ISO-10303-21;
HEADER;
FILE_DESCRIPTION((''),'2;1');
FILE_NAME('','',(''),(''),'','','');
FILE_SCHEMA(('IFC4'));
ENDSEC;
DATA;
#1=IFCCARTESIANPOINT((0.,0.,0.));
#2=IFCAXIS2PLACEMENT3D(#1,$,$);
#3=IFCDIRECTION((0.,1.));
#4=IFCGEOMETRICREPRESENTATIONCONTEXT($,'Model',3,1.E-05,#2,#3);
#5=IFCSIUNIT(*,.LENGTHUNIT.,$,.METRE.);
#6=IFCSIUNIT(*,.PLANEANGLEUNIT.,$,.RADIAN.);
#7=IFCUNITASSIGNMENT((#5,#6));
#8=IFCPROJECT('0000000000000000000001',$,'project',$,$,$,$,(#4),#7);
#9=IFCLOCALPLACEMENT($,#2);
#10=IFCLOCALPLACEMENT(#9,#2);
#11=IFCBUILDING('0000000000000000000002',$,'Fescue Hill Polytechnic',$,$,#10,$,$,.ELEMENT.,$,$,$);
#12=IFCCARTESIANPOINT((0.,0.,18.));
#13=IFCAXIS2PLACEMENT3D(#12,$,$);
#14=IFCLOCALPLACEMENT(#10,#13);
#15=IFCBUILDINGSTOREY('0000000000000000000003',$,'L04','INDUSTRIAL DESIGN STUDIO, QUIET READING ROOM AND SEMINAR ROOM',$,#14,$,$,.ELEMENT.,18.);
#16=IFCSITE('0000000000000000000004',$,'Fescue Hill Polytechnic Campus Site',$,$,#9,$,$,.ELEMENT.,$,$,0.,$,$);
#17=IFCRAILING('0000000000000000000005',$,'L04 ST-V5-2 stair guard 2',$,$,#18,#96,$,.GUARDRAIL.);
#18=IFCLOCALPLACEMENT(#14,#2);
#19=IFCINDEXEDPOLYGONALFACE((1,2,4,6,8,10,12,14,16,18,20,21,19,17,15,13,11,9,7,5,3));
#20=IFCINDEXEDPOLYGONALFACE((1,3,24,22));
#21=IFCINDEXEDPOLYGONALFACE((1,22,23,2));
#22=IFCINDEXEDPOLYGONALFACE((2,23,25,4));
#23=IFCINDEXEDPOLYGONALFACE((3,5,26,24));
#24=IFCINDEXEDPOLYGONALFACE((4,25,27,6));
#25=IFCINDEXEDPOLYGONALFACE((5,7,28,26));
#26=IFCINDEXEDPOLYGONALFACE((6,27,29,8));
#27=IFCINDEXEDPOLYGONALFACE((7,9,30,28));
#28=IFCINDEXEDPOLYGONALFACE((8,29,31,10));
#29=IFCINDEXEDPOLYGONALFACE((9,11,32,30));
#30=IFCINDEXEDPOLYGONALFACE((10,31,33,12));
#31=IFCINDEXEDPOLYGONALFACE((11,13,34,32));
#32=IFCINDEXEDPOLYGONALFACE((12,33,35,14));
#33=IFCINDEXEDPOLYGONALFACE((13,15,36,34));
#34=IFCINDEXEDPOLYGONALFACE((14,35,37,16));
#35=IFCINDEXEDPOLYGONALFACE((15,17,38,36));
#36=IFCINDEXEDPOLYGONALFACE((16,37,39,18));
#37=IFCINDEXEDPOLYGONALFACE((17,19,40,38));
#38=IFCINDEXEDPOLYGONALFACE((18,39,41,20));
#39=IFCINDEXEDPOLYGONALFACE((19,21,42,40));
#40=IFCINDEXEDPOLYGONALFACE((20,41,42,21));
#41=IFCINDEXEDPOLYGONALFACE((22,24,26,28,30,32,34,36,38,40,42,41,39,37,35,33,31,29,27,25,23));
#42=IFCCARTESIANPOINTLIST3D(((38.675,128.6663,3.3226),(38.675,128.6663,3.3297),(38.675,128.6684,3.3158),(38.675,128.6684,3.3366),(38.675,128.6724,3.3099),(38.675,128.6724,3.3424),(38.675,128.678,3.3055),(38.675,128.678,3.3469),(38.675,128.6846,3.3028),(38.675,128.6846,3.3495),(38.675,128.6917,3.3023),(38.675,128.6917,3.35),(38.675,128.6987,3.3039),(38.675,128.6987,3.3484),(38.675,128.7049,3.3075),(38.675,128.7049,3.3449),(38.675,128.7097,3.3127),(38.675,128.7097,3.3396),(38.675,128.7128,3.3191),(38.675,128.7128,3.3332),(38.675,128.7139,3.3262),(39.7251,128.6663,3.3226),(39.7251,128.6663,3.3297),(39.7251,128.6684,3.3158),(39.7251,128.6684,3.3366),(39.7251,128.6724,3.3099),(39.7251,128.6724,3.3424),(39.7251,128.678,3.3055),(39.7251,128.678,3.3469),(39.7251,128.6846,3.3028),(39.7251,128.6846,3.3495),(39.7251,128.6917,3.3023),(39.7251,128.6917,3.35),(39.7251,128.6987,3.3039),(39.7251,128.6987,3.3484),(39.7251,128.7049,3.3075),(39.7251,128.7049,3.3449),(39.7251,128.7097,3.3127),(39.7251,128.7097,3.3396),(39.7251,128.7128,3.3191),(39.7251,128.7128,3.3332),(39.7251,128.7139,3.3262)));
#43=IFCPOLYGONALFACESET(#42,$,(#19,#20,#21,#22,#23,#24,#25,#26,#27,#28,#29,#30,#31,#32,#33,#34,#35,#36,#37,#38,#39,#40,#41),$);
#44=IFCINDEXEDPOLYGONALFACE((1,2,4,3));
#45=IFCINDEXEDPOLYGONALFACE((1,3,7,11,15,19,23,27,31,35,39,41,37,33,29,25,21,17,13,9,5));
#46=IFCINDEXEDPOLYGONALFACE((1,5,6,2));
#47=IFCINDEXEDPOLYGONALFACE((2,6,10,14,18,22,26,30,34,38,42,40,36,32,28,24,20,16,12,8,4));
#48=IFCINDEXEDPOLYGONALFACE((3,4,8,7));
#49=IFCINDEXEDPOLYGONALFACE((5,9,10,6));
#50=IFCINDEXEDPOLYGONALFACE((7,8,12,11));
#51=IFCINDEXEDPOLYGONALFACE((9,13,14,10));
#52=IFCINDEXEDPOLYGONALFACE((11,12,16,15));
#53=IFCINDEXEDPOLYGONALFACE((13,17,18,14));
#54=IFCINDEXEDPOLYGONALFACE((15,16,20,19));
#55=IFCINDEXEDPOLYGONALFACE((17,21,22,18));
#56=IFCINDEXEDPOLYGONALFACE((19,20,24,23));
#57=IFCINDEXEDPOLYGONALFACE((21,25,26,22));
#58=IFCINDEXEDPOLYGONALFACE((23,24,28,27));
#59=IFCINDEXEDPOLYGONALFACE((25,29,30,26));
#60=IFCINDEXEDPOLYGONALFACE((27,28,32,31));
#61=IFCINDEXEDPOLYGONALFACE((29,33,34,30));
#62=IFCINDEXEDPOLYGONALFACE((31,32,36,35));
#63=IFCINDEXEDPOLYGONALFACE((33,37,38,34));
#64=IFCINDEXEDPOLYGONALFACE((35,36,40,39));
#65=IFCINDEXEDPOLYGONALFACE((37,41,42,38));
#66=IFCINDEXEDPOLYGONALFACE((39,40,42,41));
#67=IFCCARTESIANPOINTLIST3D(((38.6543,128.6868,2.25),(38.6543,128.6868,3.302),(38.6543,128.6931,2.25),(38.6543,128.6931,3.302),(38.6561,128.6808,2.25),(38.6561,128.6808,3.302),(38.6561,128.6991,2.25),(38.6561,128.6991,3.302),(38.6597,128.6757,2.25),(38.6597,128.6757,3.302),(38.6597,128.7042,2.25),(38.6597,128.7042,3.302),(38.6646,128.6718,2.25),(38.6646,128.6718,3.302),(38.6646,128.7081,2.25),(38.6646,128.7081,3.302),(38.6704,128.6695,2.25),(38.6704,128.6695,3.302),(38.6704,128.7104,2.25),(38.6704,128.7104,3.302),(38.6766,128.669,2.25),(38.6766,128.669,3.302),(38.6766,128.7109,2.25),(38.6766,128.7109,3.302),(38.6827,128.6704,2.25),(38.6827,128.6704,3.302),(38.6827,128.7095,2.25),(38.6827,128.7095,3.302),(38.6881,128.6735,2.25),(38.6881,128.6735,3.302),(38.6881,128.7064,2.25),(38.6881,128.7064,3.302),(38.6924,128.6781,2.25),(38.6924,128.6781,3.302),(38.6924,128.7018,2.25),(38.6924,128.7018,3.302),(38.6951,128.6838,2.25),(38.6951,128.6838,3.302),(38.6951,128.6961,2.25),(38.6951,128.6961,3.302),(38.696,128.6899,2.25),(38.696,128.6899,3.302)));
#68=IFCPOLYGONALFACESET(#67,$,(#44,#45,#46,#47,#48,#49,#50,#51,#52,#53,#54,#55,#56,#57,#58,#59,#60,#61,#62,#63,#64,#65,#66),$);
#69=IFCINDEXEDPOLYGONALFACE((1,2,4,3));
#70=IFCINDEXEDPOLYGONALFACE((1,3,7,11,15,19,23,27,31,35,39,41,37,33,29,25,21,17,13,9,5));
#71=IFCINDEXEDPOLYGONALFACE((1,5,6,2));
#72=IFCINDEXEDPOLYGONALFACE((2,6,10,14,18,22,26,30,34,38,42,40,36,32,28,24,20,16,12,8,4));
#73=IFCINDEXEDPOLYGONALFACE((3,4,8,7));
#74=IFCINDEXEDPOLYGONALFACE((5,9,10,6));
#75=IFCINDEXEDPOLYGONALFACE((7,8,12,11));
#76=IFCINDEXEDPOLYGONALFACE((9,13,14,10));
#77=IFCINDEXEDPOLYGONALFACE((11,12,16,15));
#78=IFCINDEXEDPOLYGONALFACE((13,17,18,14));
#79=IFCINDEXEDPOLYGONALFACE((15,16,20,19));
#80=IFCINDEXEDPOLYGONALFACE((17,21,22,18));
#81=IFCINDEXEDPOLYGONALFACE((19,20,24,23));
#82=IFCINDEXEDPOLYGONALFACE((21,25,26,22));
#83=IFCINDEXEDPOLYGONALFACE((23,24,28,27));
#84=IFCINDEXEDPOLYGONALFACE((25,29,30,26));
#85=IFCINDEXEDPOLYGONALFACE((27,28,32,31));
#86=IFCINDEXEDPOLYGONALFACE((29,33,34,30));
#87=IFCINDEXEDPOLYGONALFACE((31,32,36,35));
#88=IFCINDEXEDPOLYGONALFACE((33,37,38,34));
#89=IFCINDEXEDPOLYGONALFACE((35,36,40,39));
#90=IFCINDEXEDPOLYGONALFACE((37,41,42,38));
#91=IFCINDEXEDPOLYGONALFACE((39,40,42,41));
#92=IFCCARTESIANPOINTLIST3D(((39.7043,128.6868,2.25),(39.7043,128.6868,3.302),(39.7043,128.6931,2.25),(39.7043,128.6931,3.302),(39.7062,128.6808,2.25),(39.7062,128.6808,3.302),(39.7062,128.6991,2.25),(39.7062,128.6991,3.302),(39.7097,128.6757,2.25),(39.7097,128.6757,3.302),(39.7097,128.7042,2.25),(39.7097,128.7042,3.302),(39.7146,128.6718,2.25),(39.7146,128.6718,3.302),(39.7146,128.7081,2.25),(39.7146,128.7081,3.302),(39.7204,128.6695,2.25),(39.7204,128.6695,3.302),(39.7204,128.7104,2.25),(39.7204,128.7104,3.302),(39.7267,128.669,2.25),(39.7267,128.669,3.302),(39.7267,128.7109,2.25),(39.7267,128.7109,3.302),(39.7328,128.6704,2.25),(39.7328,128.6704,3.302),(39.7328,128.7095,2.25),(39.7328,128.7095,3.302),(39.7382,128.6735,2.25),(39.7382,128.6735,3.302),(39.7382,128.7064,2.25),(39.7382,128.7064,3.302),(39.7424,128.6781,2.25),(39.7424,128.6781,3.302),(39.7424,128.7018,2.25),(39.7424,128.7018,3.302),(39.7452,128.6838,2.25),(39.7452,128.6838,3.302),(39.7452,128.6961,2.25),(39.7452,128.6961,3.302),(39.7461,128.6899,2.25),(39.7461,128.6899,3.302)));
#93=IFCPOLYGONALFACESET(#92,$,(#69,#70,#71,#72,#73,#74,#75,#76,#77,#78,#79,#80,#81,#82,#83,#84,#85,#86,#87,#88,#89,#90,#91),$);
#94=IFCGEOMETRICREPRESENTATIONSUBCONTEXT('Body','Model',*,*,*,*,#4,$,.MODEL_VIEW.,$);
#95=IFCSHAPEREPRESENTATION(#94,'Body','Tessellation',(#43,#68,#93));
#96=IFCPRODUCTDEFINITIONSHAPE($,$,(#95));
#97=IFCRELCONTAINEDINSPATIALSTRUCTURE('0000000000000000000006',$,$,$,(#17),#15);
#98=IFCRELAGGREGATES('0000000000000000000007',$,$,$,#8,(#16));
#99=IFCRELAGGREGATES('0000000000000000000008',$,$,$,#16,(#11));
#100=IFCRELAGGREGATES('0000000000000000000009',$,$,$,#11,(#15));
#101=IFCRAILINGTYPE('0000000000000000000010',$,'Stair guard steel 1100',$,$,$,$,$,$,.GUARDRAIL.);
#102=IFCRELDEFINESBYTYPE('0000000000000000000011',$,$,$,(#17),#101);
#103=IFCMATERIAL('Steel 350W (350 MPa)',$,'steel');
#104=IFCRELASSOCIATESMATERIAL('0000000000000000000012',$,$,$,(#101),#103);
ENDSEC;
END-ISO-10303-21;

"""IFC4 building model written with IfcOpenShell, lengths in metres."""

from ifc_helpers import new_model, si_unit, direction, frame, origin, origin_2d, place, context, subcontext, project, spatial, circle, extrude, material, type_object, element, save


model = new_model("IFC4")

# Units and contexts
model_context = context("Model", 3, precision=1e-05, world=origin(), true_north=direction((0.0, 1.0)))
body_context = subcontext(model_context, "Body", "Model", "MODEL_VIEW")
ifc_project = project(units=[si_unit("LENGTHUNIT", "METRE"), si_unit("PLANEANGLEUNIT", "RADIAN")], contexts=[model_context])

# Site, building, storey
site_placement = place(None, origin())
site = spatial("IfcSite", under=ifc_project, at=site_placement, Name="Fescue Hill Polytechnic Campus Site", CompositionType="ELEMENT", RefElevation=0.0)
building_placement = place(site_placement, origin())
building = spatial("IfcBuilding", under=site, at=building_placement, Name="Fescue Hill Polytechnic", CompositionType="ELEMENT")
storey_placement = place(building_placement, frame((0.0, 0.0, 18.0)))
storey = spatial("IfcBuildingStorey", under=building, at=storey_placement, Name="L04", Description="INDUSTRIAL DESIGN STUDIO, QUIET READING ROOM AND SEMINAR ROOM", CompositionType="ELEMENT", Elevation=18.0)

# Railing
ifc_material_1 = material(Name="Steel 350W (350 MPa)", Category="steel")
railing_type_1 = type_object("IfcRailingType", Name="Stair guard steel 1100", PredefinedType="GUARDRAIL", material=ifc_material_1)
railing_1_placement = place(storey_placement, frame((38.675, 128.6899, 2.25)))
element("IfcRailing", 1, at=railing_1_placement, inside=storey, type_object=railing_type_1, Name="L04 ST-V5-2 stair guard 2", PredefinedType="GUARDRAIL", context=body_context, shape_type="SweptSolid", body=[
    extrude(circle(Radius=0.0239, at=origin_2d()), frame((0.0, 0.0, 1.0762), z_axis=(1.0, 0.0, 0.0), x_axis=(0.0, 1.0, 0.0)), (0.0, 0.0, 1.0), 1.05),
    extrude(circle(Radius=0.021, at=origin_2d()), origin(), (0.0, 0.0, 1.0), 1.052),
    extrude(circle(Radius=0.021, at=origin_2d()), frame((1.05, 0.0, 0.0)), (0.0, 0.0, 1.0), 1.052),
])

save(model, "model.ifc")
